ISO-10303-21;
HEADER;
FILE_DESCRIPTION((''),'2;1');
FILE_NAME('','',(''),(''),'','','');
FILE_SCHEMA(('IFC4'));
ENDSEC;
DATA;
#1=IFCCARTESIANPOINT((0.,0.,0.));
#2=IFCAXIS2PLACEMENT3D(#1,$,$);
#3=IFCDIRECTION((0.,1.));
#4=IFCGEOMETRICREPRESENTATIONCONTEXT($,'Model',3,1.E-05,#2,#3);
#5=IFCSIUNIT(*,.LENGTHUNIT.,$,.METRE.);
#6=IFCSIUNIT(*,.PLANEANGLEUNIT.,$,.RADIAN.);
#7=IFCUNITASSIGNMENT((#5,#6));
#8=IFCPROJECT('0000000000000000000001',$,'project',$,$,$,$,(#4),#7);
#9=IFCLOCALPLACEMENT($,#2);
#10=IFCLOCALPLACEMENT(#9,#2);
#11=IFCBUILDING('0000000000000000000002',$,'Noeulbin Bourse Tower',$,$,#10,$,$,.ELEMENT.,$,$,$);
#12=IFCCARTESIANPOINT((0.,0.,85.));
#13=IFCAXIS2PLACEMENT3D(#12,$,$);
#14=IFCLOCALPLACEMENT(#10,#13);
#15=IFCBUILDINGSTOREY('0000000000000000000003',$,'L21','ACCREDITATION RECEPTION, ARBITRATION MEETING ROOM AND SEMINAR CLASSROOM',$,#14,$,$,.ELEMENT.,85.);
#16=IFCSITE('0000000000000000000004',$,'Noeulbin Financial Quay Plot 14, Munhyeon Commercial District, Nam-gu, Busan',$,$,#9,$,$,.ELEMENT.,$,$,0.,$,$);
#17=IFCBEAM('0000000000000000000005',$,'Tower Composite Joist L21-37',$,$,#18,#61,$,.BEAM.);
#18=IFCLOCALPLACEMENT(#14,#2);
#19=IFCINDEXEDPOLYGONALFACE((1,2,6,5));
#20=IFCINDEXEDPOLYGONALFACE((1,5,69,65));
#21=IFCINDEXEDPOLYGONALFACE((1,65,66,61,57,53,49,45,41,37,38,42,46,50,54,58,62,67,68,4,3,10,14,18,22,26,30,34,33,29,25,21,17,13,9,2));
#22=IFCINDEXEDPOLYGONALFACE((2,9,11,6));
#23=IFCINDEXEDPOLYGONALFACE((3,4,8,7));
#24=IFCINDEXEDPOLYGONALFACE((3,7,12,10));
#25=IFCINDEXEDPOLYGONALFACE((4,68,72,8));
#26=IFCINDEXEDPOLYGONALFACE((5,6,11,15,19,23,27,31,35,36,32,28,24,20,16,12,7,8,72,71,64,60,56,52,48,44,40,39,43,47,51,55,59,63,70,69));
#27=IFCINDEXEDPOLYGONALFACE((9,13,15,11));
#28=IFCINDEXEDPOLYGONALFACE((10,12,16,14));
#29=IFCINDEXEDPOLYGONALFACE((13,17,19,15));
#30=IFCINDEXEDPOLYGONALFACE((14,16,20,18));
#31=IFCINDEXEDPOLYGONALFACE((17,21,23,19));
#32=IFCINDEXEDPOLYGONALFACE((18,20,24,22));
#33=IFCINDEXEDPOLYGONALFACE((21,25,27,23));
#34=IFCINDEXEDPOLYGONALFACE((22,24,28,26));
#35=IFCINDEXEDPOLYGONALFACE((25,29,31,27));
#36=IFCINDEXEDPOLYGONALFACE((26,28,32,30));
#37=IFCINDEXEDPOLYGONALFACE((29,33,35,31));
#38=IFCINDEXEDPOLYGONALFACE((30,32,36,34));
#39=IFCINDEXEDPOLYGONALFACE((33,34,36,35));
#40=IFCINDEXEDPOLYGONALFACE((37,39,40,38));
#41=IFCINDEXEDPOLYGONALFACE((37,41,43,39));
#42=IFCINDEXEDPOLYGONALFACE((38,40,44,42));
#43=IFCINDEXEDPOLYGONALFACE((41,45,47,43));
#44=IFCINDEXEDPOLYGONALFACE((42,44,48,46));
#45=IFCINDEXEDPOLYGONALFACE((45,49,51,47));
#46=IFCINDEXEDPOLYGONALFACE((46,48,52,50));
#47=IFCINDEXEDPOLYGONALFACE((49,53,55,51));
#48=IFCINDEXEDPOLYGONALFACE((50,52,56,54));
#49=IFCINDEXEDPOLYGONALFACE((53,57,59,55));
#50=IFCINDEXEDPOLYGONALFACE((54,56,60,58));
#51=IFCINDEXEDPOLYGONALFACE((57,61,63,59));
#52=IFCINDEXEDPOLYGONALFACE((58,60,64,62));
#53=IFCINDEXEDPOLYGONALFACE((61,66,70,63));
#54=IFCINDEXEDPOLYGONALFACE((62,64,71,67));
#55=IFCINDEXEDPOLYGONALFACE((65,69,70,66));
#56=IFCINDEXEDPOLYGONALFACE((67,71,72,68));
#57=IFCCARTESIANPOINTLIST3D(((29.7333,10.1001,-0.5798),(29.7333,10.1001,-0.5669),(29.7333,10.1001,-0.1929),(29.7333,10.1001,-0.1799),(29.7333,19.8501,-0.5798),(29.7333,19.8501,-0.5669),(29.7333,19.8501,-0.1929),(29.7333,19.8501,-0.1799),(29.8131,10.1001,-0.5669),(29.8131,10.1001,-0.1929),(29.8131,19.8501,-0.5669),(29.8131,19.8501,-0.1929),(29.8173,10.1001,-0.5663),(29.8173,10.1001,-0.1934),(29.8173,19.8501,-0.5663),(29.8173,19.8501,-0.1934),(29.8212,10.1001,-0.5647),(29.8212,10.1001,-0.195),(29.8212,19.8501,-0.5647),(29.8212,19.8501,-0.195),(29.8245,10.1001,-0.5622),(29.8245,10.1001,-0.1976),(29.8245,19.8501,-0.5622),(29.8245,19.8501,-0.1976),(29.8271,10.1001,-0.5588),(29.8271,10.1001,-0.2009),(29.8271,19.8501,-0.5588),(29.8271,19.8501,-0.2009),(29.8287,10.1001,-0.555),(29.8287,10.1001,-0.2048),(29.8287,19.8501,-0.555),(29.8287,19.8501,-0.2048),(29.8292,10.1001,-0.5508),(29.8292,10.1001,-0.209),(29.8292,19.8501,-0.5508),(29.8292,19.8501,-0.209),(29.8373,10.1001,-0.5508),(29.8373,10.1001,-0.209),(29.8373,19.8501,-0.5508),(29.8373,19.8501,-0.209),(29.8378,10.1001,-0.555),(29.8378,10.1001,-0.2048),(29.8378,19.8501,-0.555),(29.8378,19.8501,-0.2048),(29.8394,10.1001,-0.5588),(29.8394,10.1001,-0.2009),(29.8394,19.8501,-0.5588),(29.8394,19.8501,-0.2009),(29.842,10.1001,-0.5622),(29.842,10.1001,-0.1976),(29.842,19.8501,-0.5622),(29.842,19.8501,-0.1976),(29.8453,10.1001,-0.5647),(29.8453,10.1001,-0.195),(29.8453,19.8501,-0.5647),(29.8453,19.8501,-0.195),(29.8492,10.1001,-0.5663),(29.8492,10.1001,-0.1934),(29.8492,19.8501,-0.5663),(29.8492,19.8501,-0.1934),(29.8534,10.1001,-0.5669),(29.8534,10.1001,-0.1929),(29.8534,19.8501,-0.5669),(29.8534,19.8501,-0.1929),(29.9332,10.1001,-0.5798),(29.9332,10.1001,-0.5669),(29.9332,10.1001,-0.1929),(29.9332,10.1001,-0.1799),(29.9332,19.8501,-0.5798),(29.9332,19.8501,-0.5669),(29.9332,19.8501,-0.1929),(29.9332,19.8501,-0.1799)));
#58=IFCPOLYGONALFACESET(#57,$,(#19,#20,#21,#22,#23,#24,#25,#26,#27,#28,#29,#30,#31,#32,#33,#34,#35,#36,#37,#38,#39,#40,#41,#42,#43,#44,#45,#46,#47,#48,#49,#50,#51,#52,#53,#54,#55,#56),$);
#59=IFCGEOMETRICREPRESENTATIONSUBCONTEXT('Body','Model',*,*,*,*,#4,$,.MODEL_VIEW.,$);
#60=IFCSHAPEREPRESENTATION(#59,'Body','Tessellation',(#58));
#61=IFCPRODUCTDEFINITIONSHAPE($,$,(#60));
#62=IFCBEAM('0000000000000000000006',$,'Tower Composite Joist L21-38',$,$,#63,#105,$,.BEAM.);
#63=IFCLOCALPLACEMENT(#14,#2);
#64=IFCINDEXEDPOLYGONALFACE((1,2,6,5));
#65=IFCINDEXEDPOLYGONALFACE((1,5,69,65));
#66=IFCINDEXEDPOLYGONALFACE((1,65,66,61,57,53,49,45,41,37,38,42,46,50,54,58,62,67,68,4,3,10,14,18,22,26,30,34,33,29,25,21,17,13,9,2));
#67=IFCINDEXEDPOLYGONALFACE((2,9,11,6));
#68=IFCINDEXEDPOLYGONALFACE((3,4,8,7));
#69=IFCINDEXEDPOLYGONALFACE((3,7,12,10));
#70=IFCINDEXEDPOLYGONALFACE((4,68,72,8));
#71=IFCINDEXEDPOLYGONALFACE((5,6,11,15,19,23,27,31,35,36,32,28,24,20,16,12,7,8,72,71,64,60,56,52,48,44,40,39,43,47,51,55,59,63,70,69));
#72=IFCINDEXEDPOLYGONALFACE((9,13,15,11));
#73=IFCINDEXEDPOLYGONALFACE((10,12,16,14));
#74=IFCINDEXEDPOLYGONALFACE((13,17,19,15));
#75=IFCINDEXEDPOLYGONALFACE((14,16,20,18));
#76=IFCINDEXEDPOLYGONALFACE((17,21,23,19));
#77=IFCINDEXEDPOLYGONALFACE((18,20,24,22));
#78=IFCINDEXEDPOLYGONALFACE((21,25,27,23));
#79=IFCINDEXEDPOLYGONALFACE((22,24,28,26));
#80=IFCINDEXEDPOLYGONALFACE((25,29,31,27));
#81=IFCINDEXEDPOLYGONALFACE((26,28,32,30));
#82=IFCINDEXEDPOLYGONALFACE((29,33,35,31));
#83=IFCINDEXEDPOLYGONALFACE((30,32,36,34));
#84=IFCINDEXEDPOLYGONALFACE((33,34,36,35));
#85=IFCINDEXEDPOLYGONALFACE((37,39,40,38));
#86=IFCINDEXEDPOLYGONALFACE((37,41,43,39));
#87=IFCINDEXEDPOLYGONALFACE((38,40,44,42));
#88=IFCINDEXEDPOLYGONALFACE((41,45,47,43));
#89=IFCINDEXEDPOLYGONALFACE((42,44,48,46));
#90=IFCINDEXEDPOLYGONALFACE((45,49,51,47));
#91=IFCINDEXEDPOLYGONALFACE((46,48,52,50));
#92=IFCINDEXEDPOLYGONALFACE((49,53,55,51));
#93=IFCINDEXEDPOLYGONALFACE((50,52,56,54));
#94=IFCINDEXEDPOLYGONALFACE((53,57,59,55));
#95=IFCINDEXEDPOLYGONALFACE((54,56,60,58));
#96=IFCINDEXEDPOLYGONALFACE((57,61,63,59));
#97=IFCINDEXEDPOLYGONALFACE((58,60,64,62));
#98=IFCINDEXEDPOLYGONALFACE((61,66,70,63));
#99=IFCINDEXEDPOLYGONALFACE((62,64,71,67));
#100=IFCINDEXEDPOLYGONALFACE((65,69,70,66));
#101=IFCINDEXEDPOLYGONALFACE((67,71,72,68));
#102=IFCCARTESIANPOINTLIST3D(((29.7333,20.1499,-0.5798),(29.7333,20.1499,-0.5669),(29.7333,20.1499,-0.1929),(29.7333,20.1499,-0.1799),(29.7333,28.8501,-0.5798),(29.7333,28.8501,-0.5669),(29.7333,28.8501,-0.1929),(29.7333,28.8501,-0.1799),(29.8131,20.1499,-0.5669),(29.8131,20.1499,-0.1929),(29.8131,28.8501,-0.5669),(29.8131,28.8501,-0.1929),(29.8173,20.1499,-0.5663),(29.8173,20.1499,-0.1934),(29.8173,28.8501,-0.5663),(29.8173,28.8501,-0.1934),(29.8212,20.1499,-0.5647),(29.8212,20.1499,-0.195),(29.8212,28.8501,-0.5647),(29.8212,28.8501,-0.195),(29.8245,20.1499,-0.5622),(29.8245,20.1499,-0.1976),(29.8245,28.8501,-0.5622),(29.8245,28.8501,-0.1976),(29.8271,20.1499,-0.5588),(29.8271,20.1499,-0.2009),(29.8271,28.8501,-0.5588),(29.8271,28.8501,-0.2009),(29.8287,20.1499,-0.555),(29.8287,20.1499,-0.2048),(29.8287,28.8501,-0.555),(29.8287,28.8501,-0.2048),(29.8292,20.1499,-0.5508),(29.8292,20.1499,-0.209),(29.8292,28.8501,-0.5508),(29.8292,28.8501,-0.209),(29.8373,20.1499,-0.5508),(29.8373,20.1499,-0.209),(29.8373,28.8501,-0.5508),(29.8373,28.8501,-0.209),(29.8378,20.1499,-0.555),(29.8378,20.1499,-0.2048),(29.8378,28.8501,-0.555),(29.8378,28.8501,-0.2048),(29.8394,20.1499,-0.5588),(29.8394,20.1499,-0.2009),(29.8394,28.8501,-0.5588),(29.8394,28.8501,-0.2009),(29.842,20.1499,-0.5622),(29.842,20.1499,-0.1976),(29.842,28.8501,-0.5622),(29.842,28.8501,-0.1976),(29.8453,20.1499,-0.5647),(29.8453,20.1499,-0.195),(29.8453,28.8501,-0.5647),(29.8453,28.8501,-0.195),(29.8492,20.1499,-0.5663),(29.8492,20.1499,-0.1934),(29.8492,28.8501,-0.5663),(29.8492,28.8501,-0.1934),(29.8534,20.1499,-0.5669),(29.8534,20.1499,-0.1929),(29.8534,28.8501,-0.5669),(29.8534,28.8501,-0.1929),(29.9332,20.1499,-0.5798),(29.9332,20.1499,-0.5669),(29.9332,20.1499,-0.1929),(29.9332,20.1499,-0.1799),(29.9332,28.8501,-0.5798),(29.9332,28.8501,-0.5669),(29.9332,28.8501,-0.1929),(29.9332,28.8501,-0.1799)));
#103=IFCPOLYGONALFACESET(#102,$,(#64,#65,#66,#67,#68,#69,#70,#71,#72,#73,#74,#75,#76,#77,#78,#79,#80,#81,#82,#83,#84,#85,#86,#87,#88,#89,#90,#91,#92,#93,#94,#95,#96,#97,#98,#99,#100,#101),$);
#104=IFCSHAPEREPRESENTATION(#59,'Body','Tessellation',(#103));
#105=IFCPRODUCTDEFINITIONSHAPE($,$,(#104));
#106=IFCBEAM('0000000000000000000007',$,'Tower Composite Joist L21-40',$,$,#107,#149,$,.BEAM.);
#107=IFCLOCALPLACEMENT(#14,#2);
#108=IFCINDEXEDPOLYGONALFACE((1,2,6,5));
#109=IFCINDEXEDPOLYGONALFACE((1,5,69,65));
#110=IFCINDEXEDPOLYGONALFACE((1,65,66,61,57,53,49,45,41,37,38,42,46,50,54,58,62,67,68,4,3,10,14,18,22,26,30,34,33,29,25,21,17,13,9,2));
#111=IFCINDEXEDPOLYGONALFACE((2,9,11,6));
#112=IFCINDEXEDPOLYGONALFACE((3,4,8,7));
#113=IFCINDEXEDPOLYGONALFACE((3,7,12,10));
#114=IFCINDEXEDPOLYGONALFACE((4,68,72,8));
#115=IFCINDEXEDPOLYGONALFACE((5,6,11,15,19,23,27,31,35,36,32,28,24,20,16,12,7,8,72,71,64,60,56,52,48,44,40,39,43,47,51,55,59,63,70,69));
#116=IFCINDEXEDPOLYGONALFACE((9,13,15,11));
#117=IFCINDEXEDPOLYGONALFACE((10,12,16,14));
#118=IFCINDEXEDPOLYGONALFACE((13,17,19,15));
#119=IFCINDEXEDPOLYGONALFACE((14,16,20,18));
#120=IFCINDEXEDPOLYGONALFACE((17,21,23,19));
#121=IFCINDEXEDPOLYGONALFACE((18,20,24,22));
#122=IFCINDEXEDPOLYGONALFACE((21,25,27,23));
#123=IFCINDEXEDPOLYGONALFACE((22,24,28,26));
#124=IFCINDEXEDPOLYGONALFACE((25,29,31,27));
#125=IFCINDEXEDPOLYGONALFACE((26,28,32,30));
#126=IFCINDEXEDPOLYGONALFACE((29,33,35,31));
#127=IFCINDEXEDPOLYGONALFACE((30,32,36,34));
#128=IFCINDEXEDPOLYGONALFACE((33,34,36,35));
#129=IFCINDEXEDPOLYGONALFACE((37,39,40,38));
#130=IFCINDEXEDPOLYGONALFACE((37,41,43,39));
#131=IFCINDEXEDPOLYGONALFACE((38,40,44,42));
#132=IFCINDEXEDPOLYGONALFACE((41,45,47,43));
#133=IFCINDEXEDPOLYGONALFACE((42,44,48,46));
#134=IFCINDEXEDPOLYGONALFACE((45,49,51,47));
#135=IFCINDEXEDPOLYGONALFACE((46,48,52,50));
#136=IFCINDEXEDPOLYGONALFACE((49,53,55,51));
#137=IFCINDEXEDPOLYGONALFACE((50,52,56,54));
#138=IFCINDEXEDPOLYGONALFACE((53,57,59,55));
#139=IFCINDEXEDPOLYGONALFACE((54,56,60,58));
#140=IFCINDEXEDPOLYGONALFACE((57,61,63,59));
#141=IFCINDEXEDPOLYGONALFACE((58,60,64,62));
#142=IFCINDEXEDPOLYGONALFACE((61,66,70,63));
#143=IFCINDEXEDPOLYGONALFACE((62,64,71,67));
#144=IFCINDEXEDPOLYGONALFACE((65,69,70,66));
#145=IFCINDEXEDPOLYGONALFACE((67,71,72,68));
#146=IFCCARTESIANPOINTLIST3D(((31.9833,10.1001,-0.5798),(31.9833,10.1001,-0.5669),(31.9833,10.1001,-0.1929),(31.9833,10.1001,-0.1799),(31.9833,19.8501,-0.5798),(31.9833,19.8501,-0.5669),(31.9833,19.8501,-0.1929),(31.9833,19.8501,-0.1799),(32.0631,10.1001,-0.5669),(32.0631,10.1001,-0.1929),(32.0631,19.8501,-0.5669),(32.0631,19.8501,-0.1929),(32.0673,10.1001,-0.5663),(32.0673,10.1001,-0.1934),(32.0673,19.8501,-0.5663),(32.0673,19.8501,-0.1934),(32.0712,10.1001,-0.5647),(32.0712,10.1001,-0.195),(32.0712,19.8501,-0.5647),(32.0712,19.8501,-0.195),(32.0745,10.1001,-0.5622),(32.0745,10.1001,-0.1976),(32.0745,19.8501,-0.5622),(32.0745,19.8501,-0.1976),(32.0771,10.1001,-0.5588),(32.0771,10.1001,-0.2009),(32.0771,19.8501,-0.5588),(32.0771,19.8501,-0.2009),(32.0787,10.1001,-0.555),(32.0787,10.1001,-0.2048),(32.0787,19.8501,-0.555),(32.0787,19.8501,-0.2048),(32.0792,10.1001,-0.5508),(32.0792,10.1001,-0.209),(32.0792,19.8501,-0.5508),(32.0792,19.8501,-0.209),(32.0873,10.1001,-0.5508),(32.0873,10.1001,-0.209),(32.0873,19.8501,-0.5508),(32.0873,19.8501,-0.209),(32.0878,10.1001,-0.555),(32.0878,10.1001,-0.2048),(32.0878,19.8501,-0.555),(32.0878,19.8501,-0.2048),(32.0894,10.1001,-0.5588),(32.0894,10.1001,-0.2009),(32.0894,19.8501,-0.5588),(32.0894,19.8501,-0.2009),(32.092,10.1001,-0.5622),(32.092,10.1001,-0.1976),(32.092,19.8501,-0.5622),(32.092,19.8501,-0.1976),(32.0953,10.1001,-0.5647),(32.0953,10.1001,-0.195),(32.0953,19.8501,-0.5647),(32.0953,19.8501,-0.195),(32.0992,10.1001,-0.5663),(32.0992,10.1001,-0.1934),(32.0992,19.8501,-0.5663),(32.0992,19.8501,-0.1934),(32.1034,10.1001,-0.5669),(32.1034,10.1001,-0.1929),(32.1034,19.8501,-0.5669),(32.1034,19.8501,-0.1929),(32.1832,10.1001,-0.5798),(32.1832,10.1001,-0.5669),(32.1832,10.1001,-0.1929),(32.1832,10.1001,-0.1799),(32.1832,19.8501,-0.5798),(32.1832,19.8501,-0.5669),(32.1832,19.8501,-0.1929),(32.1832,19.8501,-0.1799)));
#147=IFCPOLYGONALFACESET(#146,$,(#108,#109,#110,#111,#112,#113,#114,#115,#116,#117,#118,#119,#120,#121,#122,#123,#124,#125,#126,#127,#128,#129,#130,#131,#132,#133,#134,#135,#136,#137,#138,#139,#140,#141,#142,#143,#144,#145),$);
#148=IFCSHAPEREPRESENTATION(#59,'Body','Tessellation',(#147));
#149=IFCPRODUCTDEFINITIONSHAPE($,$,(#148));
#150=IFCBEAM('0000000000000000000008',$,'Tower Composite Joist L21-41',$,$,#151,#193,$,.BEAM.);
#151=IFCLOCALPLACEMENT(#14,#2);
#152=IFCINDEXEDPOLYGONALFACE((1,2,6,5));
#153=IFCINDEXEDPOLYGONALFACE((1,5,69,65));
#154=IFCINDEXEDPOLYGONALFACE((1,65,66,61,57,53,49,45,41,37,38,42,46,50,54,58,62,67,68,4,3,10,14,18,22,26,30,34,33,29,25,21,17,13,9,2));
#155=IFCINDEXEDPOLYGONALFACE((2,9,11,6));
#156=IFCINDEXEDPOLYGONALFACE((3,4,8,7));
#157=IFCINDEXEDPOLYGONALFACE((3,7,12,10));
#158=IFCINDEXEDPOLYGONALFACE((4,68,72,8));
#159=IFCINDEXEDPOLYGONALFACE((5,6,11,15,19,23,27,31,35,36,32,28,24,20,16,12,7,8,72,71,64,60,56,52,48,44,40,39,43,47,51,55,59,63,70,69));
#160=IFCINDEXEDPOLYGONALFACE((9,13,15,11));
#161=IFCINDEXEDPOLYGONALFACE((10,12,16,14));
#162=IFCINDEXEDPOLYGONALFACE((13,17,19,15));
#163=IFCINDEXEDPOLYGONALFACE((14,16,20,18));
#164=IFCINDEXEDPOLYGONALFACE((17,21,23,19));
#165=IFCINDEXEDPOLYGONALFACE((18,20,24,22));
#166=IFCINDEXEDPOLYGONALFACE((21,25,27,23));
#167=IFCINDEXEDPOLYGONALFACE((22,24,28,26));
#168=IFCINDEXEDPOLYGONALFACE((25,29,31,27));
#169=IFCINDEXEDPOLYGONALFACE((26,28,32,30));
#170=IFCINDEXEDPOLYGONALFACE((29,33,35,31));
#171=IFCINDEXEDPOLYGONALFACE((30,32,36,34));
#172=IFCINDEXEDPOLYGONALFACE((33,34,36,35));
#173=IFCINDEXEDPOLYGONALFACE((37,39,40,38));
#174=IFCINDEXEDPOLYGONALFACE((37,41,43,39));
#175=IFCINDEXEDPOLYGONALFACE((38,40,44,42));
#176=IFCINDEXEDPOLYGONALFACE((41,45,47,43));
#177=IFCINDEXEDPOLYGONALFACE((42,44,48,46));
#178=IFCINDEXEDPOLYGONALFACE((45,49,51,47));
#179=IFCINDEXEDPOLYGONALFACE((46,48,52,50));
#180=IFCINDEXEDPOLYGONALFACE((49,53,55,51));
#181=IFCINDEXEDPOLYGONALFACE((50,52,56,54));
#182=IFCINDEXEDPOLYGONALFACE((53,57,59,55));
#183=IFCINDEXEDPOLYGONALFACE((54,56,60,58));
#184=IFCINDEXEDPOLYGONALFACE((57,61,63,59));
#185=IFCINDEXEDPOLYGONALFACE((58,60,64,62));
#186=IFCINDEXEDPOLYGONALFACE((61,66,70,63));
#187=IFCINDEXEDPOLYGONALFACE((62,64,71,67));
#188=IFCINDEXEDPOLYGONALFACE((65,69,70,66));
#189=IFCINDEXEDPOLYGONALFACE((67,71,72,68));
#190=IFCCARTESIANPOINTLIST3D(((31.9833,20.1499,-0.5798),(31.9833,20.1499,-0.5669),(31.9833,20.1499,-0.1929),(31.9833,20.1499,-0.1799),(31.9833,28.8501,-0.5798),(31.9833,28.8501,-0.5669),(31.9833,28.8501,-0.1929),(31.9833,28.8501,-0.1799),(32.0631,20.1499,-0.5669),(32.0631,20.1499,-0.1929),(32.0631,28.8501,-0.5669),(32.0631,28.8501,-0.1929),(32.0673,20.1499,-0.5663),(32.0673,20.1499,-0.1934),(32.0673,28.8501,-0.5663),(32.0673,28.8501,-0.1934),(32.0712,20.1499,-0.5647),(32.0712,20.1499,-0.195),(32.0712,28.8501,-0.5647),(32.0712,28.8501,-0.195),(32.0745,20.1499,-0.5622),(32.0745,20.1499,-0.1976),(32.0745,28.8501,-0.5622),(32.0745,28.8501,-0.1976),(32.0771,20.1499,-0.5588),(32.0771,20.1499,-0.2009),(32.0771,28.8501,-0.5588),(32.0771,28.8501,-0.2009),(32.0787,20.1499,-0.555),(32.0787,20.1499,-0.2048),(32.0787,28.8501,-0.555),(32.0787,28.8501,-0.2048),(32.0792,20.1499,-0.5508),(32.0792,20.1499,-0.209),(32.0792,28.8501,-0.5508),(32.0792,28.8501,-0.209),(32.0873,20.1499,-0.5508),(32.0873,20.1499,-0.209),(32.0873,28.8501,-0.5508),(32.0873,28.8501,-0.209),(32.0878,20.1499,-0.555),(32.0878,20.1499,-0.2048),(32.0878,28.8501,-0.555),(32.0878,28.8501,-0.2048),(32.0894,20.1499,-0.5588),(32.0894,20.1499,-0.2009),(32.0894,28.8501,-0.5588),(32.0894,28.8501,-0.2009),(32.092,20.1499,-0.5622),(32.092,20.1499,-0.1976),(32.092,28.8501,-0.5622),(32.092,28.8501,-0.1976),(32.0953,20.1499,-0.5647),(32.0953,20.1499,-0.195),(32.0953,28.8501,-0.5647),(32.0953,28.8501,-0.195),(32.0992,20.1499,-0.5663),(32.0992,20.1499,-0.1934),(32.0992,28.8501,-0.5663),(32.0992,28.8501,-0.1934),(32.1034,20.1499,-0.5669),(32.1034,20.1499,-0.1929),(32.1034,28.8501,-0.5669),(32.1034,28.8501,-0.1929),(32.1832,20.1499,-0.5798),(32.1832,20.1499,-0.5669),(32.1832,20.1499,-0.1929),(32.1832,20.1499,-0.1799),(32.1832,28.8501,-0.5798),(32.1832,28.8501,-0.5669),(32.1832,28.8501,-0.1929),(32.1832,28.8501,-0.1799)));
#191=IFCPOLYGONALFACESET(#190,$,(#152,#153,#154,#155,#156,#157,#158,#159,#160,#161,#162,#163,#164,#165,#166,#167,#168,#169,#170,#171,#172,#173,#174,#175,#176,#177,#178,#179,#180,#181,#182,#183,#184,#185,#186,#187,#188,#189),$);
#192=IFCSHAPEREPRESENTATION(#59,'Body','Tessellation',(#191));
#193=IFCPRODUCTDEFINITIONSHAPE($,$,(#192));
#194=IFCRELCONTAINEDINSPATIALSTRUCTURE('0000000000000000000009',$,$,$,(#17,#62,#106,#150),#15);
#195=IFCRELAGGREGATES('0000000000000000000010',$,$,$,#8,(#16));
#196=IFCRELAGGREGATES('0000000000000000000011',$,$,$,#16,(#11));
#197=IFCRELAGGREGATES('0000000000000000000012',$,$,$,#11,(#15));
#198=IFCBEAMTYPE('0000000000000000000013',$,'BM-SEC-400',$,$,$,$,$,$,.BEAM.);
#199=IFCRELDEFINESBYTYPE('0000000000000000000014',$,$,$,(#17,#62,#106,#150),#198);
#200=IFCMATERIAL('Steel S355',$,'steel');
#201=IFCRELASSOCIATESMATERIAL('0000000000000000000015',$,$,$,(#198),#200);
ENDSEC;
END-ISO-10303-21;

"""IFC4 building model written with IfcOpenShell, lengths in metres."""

from ifc_helpers import new_model, si_unit, direction, frame, origin, origin_2d, place, context, subcontext, project, spatial, i_section, extrude, material, material_profile, profile_set, type_object, element, save


model = new_model("IFC4")

# Units and contexts
model_context = context("Model", 3, precision=1e-05, world=origin(), true_north=direction((0.0, 1.0)))
body_context = subcontext(model_context, "Body", "Model", "MODEL_VIEW")
ifc_project = project(units=[si_unit("LENGTHUNIT", "METRE"), si_unit("PLANEANGLEUNIT", "RADIAN")], contexts=[model_context])

# Site, building, storey
site_placement = place(None, origin())
site = spatial("IfcSite", under=ifc_project, at=site_placement, Name="Noeulbin Financial Quay Plot 14, Munhyeon Commercial District, Nam-gu, Busan", CompositionType="ELEMENT", RefElevation=0.0)
building_placement = place(site_placement, origin())
building = spatial("IfcBuilding", under=site, at=building_placement, Name="Noeulbin Bourse Tower", CompositionType="ELEMENT")
storey_placement = place(building_placement, frame((0.0, 0.0, 85.0)))
storey = spatial("IfcBuildingStorey", under=building, at=storey_placement, Name="L21", Description="ACCREDITATION RECEPTION, ARBITRATION MEETING ROOM AND SEMINAR CLASSROOM", CompositionType="ELEMENT", Elevation=85.0)

# Beams
ifc_material_1 = material(Name="Steel S355", Category="steel")
ifc_material_profile_1 = material_profile(ifc_material_1, i_section(OverallWidth=0.2, OverallDepth=0.3999, WebThickness=0.0081, FlangeThickness=0.0129, FilletRadius=0.0161, at=origin_2d()), Name="H-400x200x8x13", Category="LoadBearing")
ifc_profile_set_1 = profile_set([ifc_material_profile_1], Name="Steel S355")
beam_type_1 = type_object("IfcBeamType", Name="BM-SEC-400", PredefinedType="BEAM", material=ifc_profile_set_1)
beam_1_placement = place(storey_placement, frame((29.8333, 10.1001, -0.3799), z_axis=(0.0, 1.0, 0.0), x_axis=(-1.0, 0.0, 0.0)))
element("IfcBeam", 1, at=beam_1_placement, inside=storey, type_object=beam_type_1, Name="Tower Composite Joist L21-37", PredefinedType="BEAM", context=body_context, shape_type="SweptSolid", body=[
    extrude(i_section(OverallWidth=0.2, OverallDepth=0.3999, WebThickness=0.0081, FlangeThickness=0.0129, FilletRadius=0.0161, at=origin_2d()), origin(), (0.0, 0.0, 1.0), 9.75),
])
beam_2_placement = place(storey_placement, frame((29.8333, 20.1499, -0.3799), z_axis=(0.0, 1.0, 0.0), x_axis=(-1.0, 0.0, 0.0)))
element("IfcBeam", 2, at=beam_2_placement, inside=storey, type_object=beam_type_1, Name="Tower Composite Joist L21-38", PredefinedType="BEAM", context=body_context, shape_type="SweptSolid", body=[
    extrude(i_section(OverallWidth=0.2, OverallDepth=0.3999, WebThickness=0.0081, FlangeThickness=0.0129, FilletRadius=0.0161, at=origin_2d()), origin(), (0.0, 0.0, 1.0), 8.7002),
])
beam_3_placement = place(storey_placement, frame((32.0833, 10.1001, -0.3799), z_axis=(0.0, 1.0, 0.0), x_axis=(-1.0, 0.0, 0.0)))
element("IfcBeam", 3, at=beam_3_placement, inside=storey, type_object=beam_type_1, Name="Tower Composite Joist L21-40", PredefinedType="BEAM", context=body_context, shape_type="SweptSolid", body=[
    extrude(i_section(OverallWidth=0.2, OverallDepth=0.3999, WebThickness=0.0081, FlangeThickness=0.0129, FilletRadius=0.0161, at=origin_2d()), origin(), (0.0, 0.0, 1.0), 9.75),
])
beam_4_placement = place(storey_placement, frame((32.0833, 20.1499, -0.3799), z_axis=(0.0, 1.0, 0.0), x_axis=(-1.0, 0.0, 0.0)))
element("IfcBeam", 4, at=beam_4_placement, inside=storey, type_object=beam_type_1, Name="Tower Composite Joist L21-41", PredefinedType="BEAM", context=body_context, shape_type="SweptSolid", body=[
    extrude(i_section(OverallWidth=0.2, OverallDepth=0.3999, WebThickness=0.0081, FlangeThickness=0.0129, FilletRadius=0.0161, at=origin_2d()), origin(), (0.0, 0.0, 1.0), 8.7002),
])

save(model, "model.ifc")
